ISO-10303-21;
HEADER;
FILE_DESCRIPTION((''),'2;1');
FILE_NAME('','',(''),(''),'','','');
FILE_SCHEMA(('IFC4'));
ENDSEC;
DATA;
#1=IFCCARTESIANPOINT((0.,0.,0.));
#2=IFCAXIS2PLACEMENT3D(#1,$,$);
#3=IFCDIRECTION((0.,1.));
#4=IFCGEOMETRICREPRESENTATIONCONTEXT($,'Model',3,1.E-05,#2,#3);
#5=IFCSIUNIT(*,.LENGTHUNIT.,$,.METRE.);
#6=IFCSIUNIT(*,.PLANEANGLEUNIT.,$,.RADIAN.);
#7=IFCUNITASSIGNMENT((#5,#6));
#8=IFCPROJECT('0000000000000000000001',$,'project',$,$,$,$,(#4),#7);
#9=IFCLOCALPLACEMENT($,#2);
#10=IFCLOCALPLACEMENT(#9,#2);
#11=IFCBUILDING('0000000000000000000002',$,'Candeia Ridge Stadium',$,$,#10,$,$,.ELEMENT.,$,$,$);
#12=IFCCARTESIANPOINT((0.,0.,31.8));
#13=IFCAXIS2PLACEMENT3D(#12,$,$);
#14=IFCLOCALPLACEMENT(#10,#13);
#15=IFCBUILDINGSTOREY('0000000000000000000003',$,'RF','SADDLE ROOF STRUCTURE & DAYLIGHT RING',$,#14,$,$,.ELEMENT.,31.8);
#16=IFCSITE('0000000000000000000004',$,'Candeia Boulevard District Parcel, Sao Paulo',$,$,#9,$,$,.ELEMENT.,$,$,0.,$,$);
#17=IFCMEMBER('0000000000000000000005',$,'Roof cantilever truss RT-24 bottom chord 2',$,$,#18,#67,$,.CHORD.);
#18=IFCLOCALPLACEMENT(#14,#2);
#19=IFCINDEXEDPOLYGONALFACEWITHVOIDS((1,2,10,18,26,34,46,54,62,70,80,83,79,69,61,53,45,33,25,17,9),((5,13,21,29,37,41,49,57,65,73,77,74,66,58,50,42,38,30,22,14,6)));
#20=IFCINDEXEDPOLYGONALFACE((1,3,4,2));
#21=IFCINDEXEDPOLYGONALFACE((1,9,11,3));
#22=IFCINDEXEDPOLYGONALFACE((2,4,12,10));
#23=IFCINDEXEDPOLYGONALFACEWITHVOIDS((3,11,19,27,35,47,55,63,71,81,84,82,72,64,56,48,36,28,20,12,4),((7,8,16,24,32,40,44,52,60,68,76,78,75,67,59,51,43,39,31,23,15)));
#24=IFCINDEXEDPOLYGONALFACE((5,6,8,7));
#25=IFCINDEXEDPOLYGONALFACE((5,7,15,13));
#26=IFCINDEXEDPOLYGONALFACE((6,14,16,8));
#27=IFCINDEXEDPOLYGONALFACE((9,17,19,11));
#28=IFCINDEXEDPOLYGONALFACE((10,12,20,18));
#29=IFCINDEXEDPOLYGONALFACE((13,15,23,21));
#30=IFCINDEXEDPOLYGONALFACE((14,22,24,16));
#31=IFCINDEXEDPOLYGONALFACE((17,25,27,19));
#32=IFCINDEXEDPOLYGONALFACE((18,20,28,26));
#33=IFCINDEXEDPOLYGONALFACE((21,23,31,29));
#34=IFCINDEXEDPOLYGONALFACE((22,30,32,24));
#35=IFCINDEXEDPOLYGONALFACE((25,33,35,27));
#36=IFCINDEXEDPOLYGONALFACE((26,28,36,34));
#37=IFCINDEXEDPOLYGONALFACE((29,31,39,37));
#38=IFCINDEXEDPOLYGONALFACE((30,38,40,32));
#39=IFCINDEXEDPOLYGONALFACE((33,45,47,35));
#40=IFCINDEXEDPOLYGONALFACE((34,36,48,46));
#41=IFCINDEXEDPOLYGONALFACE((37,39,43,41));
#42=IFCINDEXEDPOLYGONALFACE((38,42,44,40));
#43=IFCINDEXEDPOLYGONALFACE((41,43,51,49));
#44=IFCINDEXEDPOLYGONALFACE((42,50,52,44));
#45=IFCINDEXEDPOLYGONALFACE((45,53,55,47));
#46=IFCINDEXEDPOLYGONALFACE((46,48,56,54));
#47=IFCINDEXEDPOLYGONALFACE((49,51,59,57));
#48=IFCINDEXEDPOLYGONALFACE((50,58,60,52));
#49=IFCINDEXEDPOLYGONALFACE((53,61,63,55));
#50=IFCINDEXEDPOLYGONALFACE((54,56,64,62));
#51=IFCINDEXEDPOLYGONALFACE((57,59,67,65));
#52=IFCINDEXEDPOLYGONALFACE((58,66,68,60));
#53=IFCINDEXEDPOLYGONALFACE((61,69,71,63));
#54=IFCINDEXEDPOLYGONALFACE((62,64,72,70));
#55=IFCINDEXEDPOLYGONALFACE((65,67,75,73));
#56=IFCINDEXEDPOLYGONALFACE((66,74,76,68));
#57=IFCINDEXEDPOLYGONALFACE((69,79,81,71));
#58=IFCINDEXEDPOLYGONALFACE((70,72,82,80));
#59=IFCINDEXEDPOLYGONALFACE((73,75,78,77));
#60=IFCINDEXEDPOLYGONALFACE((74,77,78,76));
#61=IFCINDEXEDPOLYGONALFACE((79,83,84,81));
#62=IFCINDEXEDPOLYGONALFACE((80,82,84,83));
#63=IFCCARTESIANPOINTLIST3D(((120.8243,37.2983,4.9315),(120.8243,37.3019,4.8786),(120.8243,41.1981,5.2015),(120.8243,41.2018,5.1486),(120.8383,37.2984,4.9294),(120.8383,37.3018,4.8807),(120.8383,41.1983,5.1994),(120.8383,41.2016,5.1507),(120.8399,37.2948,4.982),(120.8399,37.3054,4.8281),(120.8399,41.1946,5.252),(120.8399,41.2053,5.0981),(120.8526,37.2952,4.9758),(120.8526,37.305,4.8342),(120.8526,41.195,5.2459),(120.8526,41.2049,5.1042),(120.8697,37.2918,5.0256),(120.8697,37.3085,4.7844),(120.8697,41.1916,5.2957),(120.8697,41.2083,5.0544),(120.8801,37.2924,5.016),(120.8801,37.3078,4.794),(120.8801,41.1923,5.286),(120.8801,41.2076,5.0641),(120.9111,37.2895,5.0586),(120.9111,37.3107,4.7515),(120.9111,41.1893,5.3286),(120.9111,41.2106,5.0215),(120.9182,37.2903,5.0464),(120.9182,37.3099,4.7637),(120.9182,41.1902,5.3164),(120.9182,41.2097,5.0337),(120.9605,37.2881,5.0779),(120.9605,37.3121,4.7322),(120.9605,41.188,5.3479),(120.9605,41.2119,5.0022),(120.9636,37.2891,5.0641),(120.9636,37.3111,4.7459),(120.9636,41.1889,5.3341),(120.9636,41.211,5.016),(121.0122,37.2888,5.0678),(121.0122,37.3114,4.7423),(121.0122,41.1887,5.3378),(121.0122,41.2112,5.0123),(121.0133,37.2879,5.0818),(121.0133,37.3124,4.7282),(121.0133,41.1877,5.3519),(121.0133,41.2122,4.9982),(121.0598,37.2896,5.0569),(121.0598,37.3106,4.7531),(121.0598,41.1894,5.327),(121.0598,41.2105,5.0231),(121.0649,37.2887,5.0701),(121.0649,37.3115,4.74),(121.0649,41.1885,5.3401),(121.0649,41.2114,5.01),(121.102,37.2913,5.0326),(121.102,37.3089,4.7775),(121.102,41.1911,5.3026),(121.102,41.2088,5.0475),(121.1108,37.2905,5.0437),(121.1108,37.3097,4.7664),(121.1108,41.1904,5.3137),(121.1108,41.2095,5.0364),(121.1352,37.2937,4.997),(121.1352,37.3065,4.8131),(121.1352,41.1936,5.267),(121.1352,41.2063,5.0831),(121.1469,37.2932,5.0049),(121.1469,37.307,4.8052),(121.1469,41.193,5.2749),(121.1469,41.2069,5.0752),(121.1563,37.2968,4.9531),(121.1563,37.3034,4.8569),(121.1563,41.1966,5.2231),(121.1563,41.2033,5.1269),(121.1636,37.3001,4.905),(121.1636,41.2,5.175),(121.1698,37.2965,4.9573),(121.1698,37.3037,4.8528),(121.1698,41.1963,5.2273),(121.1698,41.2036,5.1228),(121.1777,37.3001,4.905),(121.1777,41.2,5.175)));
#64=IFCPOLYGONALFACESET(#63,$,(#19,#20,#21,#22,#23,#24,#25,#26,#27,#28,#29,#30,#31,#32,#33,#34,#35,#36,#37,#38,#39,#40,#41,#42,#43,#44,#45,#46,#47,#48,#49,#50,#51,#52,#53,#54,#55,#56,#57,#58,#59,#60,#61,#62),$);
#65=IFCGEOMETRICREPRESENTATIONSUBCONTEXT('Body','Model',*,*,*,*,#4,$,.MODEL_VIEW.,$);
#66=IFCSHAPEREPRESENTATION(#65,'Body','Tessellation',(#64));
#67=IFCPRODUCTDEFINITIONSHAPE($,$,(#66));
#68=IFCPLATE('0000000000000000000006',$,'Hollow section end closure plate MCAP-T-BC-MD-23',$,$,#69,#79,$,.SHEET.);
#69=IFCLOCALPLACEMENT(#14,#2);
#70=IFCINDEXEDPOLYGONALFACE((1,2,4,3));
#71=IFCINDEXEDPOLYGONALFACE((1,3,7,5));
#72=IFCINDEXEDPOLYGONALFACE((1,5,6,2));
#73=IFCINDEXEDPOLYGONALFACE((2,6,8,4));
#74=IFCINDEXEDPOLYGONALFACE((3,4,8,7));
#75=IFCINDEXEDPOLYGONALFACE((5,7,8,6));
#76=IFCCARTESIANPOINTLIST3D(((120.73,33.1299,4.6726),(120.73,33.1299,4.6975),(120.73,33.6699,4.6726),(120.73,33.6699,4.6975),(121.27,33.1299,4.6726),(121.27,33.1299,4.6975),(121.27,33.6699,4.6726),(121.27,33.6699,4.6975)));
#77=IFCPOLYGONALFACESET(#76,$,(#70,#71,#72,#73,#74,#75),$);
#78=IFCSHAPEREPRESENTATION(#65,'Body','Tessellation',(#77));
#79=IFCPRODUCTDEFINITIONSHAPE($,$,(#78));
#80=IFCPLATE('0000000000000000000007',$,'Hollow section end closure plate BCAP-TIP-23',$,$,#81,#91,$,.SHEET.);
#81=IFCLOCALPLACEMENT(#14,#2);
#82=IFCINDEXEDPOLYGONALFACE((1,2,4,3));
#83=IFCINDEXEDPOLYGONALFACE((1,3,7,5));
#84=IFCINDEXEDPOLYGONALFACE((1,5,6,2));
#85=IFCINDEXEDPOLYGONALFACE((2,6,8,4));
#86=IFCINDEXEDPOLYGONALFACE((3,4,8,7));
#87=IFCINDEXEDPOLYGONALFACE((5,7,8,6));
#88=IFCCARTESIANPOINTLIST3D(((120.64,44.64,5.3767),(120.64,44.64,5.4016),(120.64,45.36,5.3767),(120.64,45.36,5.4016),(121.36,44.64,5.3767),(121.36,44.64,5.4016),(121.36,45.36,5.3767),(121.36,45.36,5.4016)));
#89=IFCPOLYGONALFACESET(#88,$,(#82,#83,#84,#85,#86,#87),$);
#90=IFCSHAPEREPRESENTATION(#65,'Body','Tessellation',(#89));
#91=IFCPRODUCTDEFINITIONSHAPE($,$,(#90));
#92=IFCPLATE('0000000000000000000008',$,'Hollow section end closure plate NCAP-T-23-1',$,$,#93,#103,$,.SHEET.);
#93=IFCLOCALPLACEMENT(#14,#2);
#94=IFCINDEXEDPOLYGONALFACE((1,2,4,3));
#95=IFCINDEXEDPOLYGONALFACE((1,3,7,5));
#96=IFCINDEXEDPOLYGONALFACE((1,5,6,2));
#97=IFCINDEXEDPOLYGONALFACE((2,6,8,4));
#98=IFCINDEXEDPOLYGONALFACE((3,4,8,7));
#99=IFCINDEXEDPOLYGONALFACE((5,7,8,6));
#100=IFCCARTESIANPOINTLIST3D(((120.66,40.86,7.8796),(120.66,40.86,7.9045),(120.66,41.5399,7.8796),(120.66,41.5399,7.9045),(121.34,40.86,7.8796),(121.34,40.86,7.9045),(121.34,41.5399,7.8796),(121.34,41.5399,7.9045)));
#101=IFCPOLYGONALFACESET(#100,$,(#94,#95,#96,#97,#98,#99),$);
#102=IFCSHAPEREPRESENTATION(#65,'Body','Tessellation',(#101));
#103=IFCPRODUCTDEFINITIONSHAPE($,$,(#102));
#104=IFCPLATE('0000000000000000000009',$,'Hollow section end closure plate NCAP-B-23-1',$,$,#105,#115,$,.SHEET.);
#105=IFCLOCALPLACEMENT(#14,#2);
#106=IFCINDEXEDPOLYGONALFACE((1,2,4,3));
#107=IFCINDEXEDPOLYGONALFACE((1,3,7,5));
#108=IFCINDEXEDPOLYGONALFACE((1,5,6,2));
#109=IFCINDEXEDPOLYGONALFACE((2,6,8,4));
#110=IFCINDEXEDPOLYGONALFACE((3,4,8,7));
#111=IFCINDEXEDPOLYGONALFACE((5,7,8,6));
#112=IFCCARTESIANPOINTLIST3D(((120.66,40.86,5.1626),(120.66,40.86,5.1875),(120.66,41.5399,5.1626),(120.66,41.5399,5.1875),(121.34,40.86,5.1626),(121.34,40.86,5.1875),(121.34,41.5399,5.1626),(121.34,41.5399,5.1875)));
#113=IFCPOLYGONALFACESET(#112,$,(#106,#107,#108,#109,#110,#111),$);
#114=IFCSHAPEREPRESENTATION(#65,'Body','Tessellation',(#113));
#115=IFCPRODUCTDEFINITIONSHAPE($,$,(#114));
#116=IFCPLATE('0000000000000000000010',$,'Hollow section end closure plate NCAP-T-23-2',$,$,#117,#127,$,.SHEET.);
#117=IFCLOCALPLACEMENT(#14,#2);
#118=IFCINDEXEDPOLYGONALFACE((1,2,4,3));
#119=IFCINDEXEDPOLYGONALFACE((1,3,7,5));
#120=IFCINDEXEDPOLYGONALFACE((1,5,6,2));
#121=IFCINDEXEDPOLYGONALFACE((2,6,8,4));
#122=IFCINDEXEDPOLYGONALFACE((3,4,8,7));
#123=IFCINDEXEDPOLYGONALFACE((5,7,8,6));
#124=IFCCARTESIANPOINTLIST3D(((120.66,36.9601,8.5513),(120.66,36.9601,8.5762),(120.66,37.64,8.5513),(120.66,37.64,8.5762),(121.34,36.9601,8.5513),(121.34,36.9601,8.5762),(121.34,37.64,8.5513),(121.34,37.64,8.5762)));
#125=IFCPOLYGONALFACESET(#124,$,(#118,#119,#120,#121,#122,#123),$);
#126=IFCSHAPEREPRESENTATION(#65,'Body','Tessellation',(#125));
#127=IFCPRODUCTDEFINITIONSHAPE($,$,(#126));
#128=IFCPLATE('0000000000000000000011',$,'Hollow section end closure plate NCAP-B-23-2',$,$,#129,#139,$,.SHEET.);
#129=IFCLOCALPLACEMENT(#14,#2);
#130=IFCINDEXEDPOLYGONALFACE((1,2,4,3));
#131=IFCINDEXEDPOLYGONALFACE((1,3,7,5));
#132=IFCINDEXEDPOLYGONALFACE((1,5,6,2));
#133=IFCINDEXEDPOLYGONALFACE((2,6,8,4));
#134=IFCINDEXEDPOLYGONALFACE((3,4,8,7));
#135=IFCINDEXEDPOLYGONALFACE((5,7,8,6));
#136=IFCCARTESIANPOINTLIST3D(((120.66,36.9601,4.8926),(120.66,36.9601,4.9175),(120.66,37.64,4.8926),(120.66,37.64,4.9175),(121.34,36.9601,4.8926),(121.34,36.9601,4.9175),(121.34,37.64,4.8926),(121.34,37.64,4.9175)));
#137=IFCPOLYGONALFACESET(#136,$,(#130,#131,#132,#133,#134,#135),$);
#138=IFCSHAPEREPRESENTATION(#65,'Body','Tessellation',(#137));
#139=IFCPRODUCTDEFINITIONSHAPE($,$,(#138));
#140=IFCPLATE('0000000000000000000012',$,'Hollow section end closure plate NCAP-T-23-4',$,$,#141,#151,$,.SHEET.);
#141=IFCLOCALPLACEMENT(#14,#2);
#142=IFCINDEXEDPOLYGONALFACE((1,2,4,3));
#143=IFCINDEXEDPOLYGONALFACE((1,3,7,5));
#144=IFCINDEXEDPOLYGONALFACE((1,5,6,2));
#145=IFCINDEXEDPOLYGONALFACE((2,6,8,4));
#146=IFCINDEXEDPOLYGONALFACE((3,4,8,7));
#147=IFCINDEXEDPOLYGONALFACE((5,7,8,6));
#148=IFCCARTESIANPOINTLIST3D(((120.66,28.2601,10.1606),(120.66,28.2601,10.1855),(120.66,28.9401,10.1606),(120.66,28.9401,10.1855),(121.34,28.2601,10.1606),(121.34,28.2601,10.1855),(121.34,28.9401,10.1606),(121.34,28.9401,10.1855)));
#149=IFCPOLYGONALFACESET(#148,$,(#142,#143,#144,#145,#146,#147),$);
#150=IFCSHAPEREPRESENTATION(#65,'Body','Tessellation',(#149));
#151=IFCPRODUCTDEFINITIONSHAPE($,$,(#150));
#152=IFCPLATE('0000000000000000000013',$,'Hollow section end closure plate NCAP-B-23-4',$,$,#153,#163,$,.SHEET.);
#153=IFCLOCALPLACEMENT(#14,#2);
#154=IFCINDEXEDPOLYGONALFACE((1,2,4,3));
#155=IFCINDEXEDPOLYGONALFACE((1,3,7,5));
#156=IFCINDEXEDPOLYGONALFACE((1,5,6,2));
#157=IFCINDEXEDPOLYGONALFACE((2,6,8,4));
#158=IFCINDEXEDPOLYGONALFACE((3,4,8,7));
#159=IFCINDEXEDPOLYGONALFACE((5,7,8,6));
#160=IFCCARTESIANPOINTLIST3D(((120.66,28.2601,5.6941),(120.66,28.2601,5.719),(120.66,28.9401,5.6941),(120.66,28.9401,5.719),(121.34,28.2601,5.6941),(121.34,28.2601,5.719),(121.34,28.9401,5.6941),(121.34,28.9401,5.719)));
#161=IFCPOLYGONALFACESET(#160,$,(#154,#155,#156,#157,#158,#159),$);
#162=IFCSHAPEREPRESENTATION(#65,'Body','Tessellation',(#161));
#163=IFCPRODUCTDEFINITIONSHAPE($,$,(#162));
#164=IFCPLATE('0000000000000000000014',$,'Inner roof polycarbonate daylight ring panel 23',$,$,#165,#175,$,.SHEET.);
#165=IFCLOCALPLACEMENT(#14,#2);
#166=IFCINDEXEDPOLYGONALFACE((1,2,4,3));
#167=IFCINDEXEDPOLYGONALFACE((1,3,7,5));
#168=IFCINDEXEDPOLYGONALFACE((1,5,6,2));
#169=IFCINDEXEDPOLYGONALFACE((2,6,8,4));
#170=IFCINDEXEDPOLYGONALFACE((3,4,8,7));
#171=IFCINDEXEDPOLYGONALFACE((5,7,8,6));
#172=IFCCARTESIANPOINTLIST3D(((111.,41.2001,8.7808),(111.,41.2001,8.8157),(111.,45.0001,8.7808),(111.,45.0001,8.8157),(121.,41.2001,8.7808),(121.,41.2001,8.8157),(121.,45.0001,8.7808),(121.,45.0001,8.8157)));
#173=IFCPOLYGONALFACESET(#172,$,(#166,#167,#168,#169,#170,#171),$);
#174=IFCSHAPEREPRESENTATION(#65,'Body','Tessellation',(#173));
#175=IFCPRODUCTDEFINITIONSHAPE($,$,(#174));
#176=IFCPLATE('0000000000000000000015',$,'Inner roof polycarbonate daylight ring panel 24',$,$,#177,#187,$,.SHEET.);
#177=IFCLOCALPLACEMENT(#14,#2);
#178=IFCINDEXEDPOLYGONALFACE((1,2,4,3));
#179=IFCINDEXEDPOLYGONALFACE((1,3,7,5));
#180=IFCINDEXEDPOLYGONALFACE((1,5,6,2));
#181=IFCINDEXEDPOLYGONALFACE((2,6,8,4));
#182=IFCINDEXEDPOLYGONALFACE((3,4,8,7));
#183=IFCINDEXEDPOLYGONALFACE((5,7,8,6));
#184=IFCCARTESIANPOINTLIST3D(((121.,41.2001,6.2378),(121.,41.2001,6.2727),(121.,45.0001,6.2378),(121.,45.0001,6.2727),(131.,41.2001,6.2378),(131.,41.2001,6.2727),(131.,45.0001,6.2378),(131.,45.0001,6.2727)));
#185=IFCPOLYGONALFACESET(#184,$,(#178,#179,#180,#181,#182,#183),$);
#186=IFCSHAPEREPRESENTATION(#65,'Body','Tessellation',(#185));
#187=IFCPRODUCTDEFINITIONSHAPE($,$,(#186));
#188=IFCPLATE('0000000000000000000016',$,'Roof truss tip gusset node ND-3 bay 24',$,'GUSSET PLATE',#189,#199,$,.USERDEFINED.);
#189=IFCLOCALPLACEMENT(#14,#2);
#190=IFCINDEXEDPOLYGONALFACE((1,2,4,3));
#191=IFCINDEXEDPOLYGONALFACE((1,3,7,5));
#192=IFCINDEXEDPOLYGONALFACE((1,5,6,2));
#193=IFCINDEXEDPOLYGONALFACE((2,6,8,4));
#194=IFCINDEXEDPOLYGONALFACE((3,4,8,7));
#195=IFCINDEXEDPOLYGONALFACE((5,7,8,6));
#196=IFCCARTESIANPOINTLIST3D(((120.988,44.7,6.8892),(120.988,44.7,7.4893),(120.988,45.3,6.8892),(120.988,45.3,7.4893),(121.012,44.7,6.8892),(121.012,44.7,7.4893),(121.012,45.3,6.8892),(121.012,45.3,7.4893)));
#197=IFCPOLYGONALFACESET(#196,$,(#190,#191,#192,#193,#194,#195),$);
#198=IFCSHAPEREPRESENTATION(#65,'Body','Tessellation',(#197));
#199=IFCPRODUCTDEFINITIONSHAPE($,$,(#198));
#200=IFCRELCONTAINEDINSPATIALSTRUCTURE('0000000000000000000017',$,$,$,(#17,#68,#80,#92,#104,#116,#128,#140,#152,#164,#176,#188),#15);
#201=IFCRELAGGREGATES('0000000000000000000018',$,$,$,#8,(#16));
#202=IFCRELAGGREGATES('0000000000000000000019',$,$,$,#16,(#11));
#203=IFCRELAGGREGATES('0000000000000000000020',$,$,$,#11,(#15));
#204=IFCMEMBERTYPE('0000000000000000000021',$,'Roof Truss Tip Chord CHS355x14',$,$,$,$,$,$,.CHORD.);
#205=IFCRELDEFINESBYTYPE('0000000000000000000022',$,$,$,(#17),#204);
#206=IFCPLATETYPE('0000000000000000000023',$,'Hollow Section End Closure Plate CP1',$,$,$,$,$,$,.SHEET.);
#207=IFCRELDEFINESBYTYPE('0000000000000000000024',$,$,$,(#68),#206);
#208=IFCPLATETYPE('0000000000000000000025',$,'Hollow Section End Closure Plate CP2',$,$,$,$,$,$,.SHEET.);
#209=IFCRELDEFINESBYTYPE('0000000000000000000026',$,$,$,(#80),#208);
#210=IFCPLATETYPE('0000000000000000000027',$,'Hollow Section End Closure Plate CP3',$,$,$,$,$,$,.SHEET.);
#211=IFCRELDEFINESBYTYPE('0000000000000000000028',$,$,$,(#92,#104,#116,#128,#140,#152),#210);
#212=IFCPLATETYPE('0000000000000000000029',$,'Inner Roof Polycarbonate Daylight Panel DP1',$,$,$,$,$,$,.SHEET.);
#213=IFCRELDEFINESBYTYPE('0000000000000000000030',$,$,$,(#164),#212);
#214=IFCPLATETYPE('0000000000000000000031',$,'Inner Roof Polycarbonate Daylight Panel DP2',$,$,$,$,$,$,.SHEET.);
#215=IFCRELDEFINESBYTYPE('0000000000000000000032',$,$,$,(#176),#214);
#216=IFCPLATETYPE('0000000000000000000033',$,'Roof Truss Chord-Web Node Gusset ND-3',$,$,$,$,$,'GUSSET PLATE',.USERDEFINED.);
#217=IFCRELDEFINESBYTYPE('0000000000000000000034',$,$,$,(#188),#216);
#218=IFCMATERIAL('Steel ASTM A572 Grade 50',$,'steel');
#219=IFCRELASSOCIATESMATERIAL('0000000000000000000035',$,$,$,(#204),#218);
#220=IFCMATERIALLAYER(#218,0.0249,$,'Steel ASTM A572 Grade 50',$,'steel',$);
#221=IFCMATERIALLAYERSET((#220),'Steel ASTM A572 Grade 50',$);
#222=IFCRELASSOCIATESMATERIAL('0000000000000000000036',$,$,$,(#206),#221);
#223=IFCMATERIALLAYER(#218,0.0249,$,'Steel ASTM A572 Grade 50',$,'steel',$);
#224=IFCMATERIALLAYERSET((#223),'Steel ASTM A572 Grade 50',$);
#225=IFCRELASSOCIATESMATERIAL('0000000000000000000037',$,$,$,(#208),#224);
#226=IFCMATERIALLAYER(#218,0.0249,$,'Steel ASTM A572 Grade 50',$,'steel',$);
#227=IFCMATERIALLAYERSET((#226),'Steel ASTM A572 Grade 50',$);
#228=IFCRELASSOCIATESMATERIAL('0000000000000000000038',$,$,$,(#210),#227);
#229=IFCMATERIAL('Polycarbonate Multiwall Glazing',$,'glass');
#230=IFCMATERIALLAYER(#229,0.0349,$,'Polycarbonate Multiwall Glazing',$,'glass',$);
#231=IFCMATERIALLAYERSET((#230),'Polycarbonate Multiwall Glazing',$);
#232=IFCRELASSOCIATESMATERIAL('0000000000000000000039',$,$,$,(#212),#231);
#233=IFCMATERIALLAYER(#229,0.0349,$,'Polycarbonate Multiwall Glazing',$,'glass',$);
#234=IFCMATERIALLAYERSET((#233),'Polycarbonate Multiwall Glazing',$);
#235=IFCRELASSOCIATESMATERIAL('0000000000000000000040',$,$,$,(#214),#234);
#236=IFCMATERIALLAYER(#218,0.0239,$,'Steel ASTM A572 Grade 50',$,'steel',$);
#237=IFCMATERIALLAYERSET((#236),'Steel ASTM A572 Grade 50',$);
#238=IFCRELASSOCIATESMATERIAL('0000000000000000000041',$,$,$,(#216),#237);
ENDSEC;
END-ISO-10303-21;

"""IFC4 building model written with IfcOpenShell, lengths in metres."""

from ifc_helpers import new_model, si_unit, direction, frame, origin, origin_2d, place, context, subcontext, project, spatial, rectangle, hollow_circle, extrude, material, layer, layer_set, material_profile, profile_set, type_object, element, save


model = new_model("IFC4")

# Units and contexts
model_context = context("Model", 3, precision=1e-05, world=origin(), true_north=direction((0.0, 1.0)))
body_context = subcontext(model_context, "Body", "Model", "MODEL_VIEW")
ifc_project = project(units=[si_unit("LENGTHUNIT", "METRE"), si_unit("PLANEANGLEUNIT", "RADIAN")], contexts=[model_context])

# Site, building, storey
site_placement = place(None, origin())
site = spatial("IfcSite", under=ifc_project, at=site_placement, Name="Candeia Boulevard District Parcel, Sao Paulo", CompositionType="ELEMENT", RefElevation=0.0)
building_placement = place(site_placement, origin())
building = spatial("IfcBuilding", under=site, at=building_placement, Name="Candeia Ridge Stadium", CompositionType="ELEMENT")
storey_placement = place(building_placement, frame((0.0, 0.0, 31.8)))
storey = spatial("IfcBuildingStorey", under=building, at=storey_placement, Name="RF", Description="SADDLE ROOF STRUCTURE & DAYLIGHT RING", CompositionType="ELEMENT", Elevation=31.8)

# Shared definitions
ifc_material_1 = material(Name="Steel ASTM A572 Grade 50", Category="steel")

# Member
ifc_material_profile_1 = material_profile(ifc_material_1, hollow_circle(Radius=0.1777, WallThickness=0.0142, at=origin_2d()), Name="CHS355x14", Category="steel")
ifc_profile_set_1 = profile_set([ifc_material_profile_1], Name="Steel ASTM A572 Grade 50")
member_type_1 = type_object("IfcMemberType", Name="Roof Truss Tip Chord CHS355x14", PredefinedType="CHORD", material=ifc_profile_set_1)
member_1_placement = place(storey_placement, frame((121.0, 41.2, 5.175), z_axis=(0.0, -0.997612, -0.069072), x_axis=(1.0, 0.0, 0.0)))
element("IfcMember", 1, at=member_1_placement, inside=storey, type_object=member_type_1, Name="Roof cantilever truss RT-24 bottom chord 2", PredefinedType="CHORD", context=body_context, shape_type="SweptSolid", body=[
    extrude(hollow_circle(Radius=0.1777, WallThickness=0.0142, at=origin_2d()), origin(), (0.0, 0.0, 1.0), 3.9092),
])

# Plates
ifc_layer_1 = layer(ifc_material_1, 0.0249, Name="Steel ASTM A572 Grade 50", Category="steel")
ifc_layer_set_1 = layer_set([ifc_layer_1], Name="Steel ASTM A572 Grade 50")
plate_type_1 = type_object("IfcPlateType", Name="Hollow Section End Closure Plate CP1", PredefinedType="SHEET", material=ifc_layer_set_1)
plate_1_placement = place(storey_placement, frame((121.0, 33.3999, 4.6726), z_axis=(0.0, 0.0, 1.0), x_axis=(1.0, 0.0, 0.0)))
element("IfcPlate", 2, at=plate_1_placement, inside=storey, type_object=plate_type_1, Name="Hollow section end closure plate MCAP-T-BC-MD-23", PredefinedType="SHEET", context=body_context, shape_type="SweptSolid", body=[
    extrude(rectangle(XDim=0.54, YDim=0.54, at=origin_2d()), origin(), (0.0, 0.0, 1.0), 0.0249),
])
ifc_layer_2 = layer(ifc_material_1, 0.0249, Name="Steel ASTM A572 Grade 50", Category="steel")
ifc_layer_set_2 = layer_set([ifc_layer_2], Name="Steel ASTM A572 Grade 50")
plate_type_2 = type_object("IfcPlateType", Name="Hollow Section End Closure Plate CP2", PredefinedType="SHEET", material=ifc_layer_set_2)
plate_2_placement = place(storey_placement, frame((121.0, 45.0, 5.3767), z_axis=(0.0, 0.0, 1.0), x_axis=(1.0, 0.0, 0.0)))
element("IfcPlate", 3, at=plate_2_placement, inside=storey, type_object=plate_type_2, Name="Hollow section end closure plate BCAP-TIP-23", PredefinedType="SHEET", context=body_context, shape_type="SweptSolid", body=[
    extrude(rectangle(XDim=0.72, YDim=0.72, at=origin_2d()), origin(), (0.0, 0.0, 1.0), 0.0249),
])
ifc_layer_3 = layer(ifc_material_1, 0.0249, Name="Steel ASTM A572 Grade 50", Category="steel")
ifc_layer_set_3 = layer_set([ifc_layer_3], Name="Steel ASTM A572 Grade 50")
plate_type_3 = type_object("IfcPlateType", Name="Hollow Section End Closure Plate CP3", PredefinedType="SHEET", material=ifc_layer_set_3)
for number, where, z_axis, x_axis, name in (
    (4, (121.0, 41.2, 7.8796), (0.0, 0.0, 1.0), (1.0, 0.0, 0.0), "Hollow section end closure plate NCAP-T-23-1"),
    (5, (121.0, 41.2, 5.1626), (0.0, 0.0, 1.0), (1.0, 0.0, 0.0), "Hollow section end closure plate NCAP-B-23-1"),
    (6, (121.0, 37.3, 8.5513), (0.0, 0.0, 1.0), (1.0, 0.0, 0.0), "Hollow section end closure plate NCAP-T-23-2"),
    (7, (121.0, 37.3, 4.8926), (0.0, 0.0, 1.0), (1.0, 0.0, 0.0), "Hollow section end closure plate NCAP-B-23-2"),
    (8, (121.0, 28.6001, 10.1606), (0.0, 0.0, 1.0), (1.0, 0.0, 0.0), "Hollow section end closure plate NCAP-T-23-4"),
    (9, (121.0, 28.6001, 5.6941), (0.0, 0.0, 1.0), (1.0, 0.0, 0.0), "Hollow section end closure plate NCAP-B-23-4"),
):
    element("IfcPlate", number, at=place(storey_placement, frame(where, z_axis=z_axis, x_axis=x_axis)), inside=storey, type_object=plate_type_3, Name=name, PredefinedType="SHEET", context=body_context, shape_type="SweptSolid", body=[
        extrude(rectangle(XDim=0.6799, YDim=0.6799, at=origin_2d()), origin(), (0.0, 0.0, 1.0), 0.0249),
    ])
ifc_material_2 = material(Name="Polycarbonate Multiwall Glazing", Category="glass")
ifc_layer_4 = layer(ifc_material_2, 0.0349, Name="Polycarbonate Multiwall Glazing", Category="glass")
ifc_layer_set_4 = layer_set([ifc_layer_4], Name="Polycarbonate Multiwall Glazing")
plate_type_4 = type_object("IfcPlateType", Name="Inner Roof Polycarbonate Daylight Panel DP1", PredefinedType="SHEET", material=ifc_layer_set_4)
plate_3_placement = place(storey_placement, frame((116.0, 43.1001, 8.7808), z_axis=(0.0, 0.0, 1.0), x_axis=(1.0, 0.0, 0.0)))
element("IfcPlate", 10, at=plate_3_placement, inside=storey, type_object=plate_type_4, Name="Inner roof polycarbonate daylight ring panel 23", PredefinedType="SHEET", context=body_context, shape_type="SweptSolid", body=[
    extrude(rectangle(XDim=10.0, YDim=3.8, at=origin_2d()), origin(), (0.0, 0.0, 1.0), 0.0349),
])
ifc_layer_5 = layer(ifc_material_2, 0.0349, Name="Polycarbonate Multiwall Glazing", Category="glass")
ifc_layer_set_5 = layer_set([ifc_layer_5], Name="Polycarbonate Multiwall Glazing")
plate_type_5 = type_object("IfcPlateType", Name="Inner Roof Polycarbonate Daylight Panel DP2", PredefinedType="SHEET", material=ifc_layer_set_5)
plate_4_placement = place(storey_placement, frame((126.0, 43.1001, 6.2378), z_axis=(0.0, 0.0, 1.0), x_axis=(1.0, 0.0, 0.0)))
element("IfcPlate", 11, at=plate_4_placement, inside=storey, type_object=plate_type_5, Name="Inner roof polycarbonate daylight ring panel 24", PredefinedType="SHEET", context=body_context, shape_type="SweptSolid", body=[
    extrude(rectangle(XDim=10.0, YDim=3.8, at=origin_2d()), origin(), (0.0, 0.0, 1.0), 0.0349),
])
ifc_layer_6 = layer(ifc_material_1, 0.0239, Name="Steel ASTM A572 Grade 50", Category="steel")
ifc_layer_set_6 = layer_set([ifc_layer_6], Name="Steel ASTM A572 Grade 50")
plate_type_6 = type_object("IfcPlateType", Name="Roof Truss Chord-Web Node Gusset ND-3", ElementType="GUSSET PLATE", PredefinedType="USERDEFINED", material=ifc_layer_set_6)
plate_5_placement = place(storey_placement, frame((121.0, 45.0, 6.8892), z_axis=(0.0, 0.0, 1.0), x_axis=(0.0, -1.0, 0.0)))
element("IfcPlate", 12, at=plate_5_placement, inside=storey, type_object=plate_type_6, Name="Roof truss tip gusset node ND-3 bay 24", ObjectType="GUSSET PLATE", PredefinedType="USERDEFINED", context=body_context, shape_type="SweptSolid", body=[
    extrude(rectangle(XDim=0.6001, YDim=0.0239, at=origin_2d()), origin(), (0.0, 0.0, 1.0), 0.6001),
])

save(model, "model.ifc")
